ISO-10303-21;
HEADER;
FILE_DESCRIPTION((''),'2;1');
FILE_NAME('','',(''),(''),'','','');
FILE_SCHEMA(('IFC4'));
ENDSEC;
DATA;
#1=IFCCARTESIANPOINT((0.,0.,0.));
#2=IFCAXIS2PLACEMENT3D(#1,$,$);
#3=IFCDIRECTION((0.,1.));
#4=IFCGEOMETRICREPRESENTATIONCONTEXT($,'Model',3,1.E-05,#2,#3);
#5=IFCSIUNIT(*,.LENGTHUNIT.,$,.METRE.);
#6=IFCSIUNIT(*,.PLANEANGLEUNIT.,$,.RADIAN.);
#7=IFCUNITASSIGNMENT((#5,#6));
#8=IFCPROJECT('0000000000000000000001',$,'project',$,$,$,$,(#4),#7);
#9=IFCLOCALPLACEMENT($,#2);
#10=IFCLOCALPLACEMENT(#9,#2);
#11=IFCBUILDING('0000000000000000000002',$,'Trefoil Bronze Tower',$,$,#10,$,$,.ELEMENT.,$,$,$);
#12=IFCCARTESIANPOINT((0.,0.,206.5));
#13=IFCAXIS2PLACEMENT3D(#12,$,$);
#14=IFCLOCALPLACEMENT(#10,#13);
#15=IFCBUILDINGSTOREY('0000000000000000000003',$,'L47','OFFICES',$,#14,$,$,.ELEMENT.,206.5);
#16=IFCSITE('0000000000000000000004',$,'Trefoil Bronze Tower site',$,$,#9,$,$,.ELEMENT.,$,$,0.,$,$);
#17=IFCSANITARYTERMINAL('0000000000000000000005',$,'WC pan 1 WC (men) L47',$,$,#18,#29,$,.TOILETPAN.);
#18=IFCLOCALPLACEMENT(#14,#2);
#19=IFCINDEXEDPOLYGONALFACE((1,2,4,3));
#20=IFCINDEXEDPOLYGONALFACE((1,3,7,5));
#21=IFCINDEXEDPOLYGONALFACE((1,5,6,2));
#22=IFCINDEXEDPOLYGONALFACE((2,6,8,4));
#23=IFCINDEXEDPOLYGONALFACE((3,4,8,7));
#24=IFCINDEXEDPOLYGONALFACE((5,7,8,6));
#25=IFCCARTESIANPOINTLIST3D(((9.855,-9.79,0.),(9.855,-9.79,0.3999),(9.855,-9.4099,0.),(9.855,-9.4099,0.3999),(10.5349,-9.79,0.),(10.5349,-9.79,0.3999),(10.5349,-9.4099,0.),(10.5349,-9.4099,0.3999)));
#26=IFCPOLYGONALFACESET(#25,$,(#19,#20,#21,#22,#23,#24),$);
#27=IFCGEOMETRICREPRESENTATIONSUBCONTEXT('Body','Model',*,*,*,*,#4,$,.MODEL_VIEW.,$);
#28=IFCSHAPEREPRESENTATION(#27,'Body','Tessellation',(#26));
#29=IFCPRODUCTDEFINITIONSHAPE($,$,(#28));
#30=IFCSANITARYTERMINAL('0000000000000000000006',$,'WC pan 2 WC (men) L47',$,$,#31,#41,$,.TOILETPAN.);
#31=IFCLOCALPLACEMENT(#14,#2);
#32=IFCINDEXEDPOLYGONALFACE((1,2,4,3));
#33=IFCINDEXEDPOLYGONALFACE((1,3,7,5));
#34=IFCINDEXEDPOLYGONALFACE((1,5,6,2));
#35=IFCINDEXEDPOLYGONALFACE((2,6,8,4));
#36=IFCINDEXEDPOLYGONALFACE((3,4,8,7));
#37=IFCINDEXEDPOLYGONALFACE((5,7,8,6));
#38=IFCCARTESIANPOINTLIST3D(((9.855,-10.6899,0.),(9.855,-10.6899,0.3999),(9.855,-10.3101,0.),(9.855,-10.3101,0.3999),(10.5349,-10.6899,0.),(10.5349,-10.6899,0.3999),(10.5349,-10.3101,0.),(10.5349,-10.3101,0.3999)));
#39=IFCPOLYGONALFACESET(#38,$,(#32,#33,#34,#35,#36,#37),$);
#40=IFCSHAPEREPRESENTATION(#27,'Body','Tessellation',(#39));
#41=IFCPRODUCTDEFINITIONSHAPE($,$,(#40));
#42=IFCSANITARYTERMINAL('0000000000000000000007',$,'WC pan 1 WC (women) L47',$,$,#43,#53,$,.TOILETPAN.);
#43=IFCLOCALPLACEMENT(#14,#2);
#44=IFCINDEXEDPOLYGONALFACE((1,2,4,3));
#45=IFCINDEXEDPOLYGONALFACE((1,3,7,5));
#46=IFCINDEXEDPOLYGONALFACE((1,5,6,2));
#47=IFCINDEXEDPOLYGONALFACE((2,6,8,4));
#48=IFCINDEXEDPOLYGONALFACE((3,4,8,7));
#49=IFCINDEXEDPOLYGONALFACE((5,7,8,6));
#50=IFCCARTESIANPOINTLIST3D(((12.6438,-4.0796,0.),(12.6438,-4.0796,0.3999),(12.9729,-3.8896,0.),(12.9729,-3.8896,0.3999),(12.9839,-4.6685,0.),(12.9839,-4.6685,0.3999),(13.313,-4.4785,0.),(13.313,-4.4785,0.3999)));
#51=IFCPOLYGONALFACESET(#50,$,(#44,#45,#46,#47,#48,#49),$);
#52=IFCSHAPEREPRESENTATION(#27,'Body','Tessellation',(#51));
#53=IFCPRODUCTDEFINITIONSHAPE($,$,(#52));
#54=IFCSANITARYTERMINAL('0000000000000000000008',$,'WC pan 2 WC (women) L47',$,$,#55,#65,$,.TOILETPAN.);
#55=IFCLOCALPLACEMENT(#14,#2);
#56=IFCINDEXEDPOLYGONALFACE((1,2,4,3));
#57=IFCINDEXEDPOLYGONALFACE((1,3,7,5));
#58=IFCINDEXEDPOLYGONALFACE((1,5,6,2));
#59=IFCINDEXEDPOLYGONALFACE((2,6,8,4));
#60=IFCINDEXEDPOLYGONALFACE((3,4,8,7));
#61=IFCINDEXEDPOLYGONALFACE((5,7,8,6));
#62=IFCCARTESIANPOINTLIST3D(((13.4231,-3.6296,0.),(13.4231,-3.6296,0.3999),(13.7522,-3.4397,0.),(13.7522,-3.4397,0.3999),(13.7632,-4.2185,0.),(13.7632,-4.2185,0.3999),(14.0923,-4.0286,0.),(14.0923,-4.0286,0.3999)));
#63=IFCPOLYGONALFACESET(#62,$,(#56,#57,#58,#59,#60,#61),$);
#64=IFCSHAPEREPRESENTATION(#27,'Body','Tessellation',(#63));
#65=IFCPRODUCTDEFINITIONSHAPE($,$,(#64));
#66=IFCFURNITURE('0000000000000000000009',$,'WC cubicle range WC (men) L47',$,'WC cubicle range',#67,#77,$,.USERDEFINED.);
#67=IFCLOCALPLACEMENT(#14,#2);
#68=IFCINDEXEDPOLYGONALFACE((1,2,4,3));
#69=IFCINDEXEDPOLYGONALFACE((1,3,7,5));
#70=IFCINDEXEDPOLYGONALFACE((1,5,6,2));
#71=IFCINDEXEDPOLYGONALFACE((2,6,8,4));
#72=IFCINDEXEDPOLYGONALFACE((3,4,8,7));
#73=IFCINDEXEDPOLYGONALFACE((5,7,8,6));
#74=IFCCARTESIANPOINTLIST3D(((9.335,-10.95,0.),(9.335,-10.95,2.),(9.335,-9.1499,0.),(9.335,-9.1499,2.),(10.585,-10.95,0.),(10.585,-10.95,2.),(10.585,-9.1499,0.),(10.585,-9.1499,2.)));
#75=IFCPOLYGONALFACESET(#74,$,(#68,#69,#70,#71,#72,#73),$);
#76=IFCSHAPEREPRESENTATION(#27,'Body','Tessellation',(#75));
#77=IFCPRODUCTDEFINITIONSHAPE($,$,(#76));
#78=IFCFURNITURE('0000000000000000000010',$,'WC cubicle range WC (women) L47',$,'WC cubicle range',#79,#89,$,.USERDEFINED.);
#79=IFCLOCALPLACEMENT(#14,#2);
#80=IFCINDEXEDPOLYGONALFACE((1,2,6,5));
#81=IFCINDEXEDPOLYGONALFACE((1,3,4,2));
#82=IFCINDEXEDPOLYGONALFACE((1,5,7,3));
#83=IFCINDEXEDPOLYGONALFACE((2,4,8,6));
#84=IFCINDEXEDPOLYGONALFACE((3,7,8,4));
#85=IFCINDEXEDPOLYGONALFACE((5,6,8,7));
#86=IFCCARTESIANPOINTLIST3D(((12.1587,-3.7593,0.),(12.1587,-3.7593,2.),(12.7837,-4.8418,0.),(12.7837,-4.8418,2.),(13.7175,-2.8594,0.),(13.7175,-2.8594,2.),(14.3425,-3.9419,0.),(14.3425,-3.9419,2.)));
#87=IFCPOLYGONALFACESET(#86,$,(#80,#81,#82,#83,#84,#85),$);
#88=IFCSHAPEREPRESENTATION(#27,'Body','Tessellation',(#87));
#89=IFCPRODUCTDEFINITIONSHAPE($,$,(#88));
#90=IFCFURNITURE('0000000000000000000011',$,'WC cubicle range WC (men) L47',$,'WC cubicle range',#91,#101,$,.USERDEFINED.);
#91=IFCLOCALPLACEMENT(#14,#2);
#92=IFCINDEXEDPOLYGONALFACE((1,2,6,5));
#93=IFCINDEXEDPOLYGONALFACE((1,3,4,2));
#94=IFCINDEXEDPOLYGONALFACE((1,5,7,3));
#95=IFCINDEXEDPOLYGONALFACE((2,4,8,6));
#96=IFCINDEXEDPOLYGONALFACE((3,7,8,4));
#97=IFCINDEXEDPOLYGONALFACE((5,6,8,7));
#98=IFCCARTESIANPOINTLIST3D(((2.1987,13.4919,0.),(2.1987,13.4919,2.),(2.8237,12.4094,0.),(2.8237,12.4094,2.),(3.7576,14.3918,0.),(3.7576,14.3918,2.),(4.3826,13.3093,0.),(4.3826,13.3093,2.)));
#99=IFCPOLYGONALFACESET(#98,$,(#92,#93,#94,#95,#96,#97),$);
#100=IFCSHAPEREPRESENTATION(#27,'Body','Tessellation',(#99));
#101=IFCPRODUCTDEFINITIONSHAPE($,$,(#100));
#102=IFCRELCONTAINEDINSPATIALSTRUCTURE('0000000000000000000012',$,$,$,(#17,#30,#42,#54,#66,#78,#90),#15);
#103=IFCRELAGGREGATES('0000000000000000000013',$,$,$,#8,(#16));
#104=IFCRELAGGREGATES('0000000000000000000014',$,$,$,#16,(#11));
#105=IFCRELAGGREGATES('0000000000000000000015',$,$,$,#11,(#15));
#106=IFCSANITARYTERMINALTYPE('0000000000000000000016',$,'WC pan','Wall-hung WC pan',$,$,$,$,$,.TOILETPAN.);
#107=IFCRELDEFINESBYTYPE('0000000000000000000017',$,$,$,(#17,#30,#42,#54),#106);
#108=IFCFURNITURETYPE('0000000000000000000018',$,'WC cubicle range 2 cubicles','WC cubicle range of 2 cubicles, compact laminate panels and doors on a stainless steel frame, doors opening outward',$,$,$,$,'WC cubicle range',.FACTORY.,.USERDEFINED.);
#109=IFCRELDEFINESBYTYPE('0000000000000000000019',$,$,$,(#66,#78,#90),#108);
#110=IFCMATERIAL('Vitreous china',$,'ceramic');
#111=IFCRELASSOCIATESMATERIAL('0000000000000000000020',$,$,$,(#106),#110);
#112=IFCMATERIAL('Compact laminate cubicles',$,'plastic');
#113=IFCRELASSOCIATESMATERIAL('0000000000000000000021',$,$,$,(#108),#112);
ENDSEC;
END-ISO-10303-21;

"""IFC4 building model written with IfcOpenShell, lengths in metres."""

from ifc_helpers import new_model, si_unit, direction, frame, origin, place, context, subcontext, project, spatial, polyline, outline, extrude, material, type_object, element, save


model = new_model("IFC4")

# Units and contexts
model_context = context("Model", 3, precision=1e-05, world=origin(), true_north=direction((0.0, 1.0)))
body_context = subcontext(model_context, "Body", "Model", "MODEL_VIEW")
ifc_project = project(units=[si_unit("LENGTHUNIT", "METRE"), si_unit("PLANEANGLEUNIT", "RADIAN")], contexts=[model_context])

# Site, building, storey
site_placement = place(None, origin())
site = spatial("IfcSite", under=ifc_project, at=site_placement, Name="Trefoil Bronze Tower site", CompositionType="ELEMENT", RefElevation=0.0)
building_placement = place(site_placement, origin())
building = spatial("IfcBuilding", under=site, at=building_placement, Name="Trefoil Bronze Tower", CompositionType="ELEMENT")
storey_placement = place(building_placement, frame((0.0, 0.0, 206.5)))
storey = spatial("IfcBuildingStorey", under=building, at=storey_placement, Name="L47", Description="OFFICES", CompositionType="ELEMENT", Elevation=206.5)

# Sanitary terminals
ifc_material_1 = material(Name="Vitreous china", Category="ceramic")
sanitary_terminal_type_1 = type_object("IfcSanitaryTerminalType", Name="WC pan", Description="Wall-hung WC pan", PredefinedType="TOILETPAN", material=ifc_material_1)
sanitary_terminal_1_placement = place(storey_placement, origin())
element("IfcSanitaryTerminal", 1, at=sanitary_terminal_1_placement, inside=storey, type_object=sanitary_terminal_type_1, Name="WC pan 1 WC (men) L47", PredefinedType="TOILETPAN", context=body_context, shape_type="SweptSolid", body=[
    extrude(outline(polyline([(9.855, -9.4099), (10.5349, -9.4099), (10.5349, -9.79), (9.855, -9.79), (9.855, -9.4099)])), origin(), (0.0, 0.0, 1.0), 0.3999),
])
sanitary_terminal_2_placement = place(storey_placement, origin())
element("IfcSanitaryTerminal", 2, at=sanitary_terminal_2_placement, inside=storey, type_object=sanitary_terminal_type_1, Name="WC pan 2 WC (men) L47", PredefinedType="TOILETPAN", context=body_context, shape_type="SweptSolid", body=[
    extrude(outline(polyline([(9.855, -10.3101), (10.5349, -10.3101), (10.5349, -10.6899), (9.855, -10.6899), (9.855, -10.3101)])), origin(), (0.0, 0.0, 1.0), 0.3999),
])
sanitary_terminal_3_placement = place(storey_placement, origin())
element("IfcSanitaryTerminal", 3, at=sanitary_terminal_3_placement, inside=storey, type_object=sanitary_terminal_type_1, Name="WC pan 1 WC (women) L47", PredefinedType="TOILETPAN", context=body_context, shape_type="SweptSolid", body=[
    extrude(outline(polyline([(12.6438, -4.0796), (12.9839, -4.6685), (13.313, -4.4785), (12.9729, -3.8896), (12.6438, -4.0796)])), origin(), (0.0, 0.0, 1.0), 0.3999),
])
sanitary_terminal_4_placement = place(storey_placement, origin())
element("IfcSanitaryTerminal", 4, at=sanitary_terminal_4_placement, inside=storey, type_object=sanitary_terminal_type_1, Name="WC pan 2 WC (women) L47", PredefinedType="TOILETPAN", context=body_context, shape_type="SweptSolid", body=[
    extrude(outline(polyline([(13.4231, -3.6296), (13.7632, -4.2185), (14.0923, -4.0286), (13.7522, -3.4397), (13.4231, -3.6296)])), origin(), (0.0, 0.0, 1.0), 0.3999),
])

# Furniture
ifc_material_2 = material(Name="Compact laminate cubicles", Category="plastic")
furniture_type = type_object("IfcFurnitureType", Name="WC cubicle range 2 cubicles", Description="WC cubicle range of 2 cubicles, compact laminate panels and doors on a stainless steel frame, doors opening outward", ElementType="WC cubicle range", AssemblyPlace="FACTORY", PredefinedType="USERDEFINED", material=ifc_material_2)
furniture_1_placement = place(storey_placement, origin())
element("IfcFurniture", 5, at=furniture_1_placement, inside=storey, type_object=furniture_type, Name="WC cubicle range WC (men) L47", ObjectType="WC cubicle range", PredefinedType="USERDEFINED", context=body_context, shape_type="SweptSolid", body=[
    extrude(outline(polyline([(9.335, -9.1499), (10.585, -9.1499), (10.585, -10.95), (9.335, -10.95), (9.335, -9.1499)])), origin(), (0.0, 0.0, 1.0), 2.0),
])
furniture_2_placement = place(storey_placement, origin())
element("IfcFurniture", 6, at=furniture_2_placement, inside=storey, type_object=furniture_type, Name="WC cubicle range WC (women) L47", ObjectType="WC cubicle range", PredefinedType="USERDEFINED", context=body_context, shape_type="SweptSolid", body=[
    extrude(outline(polyline([(12.1587, -3.7593), (12.7837, -4.8418), (14.3425, -3.9419), (13.7175, -2.8594), (12.1587, -3.7593)])), origin(), (0.0, 0.0, 1.0), 2.0),
])
furniture_3_placement = place(storey_placement, origin())
element("IfcFurniture", 7, at=furniture_3_placement, inside=storey, type_object=furniture_type, Name="WC cubicle range WC (men) L47", ObjectType="WC cubicle range", PredefinedType="USERDEFINED", context=body_context, shape_type="SweptSolid", body=[
    extrude(outline(polyline([(2.8237, 12.4094), (2.1987, 13.4919), (3.7576, 14.3918), (4.3826, 13.3093), (2.8237, 12.4094)])), origin(), (0.0, 0.0, 1.0), 2.0),
])

save(model, "model.ifc")
